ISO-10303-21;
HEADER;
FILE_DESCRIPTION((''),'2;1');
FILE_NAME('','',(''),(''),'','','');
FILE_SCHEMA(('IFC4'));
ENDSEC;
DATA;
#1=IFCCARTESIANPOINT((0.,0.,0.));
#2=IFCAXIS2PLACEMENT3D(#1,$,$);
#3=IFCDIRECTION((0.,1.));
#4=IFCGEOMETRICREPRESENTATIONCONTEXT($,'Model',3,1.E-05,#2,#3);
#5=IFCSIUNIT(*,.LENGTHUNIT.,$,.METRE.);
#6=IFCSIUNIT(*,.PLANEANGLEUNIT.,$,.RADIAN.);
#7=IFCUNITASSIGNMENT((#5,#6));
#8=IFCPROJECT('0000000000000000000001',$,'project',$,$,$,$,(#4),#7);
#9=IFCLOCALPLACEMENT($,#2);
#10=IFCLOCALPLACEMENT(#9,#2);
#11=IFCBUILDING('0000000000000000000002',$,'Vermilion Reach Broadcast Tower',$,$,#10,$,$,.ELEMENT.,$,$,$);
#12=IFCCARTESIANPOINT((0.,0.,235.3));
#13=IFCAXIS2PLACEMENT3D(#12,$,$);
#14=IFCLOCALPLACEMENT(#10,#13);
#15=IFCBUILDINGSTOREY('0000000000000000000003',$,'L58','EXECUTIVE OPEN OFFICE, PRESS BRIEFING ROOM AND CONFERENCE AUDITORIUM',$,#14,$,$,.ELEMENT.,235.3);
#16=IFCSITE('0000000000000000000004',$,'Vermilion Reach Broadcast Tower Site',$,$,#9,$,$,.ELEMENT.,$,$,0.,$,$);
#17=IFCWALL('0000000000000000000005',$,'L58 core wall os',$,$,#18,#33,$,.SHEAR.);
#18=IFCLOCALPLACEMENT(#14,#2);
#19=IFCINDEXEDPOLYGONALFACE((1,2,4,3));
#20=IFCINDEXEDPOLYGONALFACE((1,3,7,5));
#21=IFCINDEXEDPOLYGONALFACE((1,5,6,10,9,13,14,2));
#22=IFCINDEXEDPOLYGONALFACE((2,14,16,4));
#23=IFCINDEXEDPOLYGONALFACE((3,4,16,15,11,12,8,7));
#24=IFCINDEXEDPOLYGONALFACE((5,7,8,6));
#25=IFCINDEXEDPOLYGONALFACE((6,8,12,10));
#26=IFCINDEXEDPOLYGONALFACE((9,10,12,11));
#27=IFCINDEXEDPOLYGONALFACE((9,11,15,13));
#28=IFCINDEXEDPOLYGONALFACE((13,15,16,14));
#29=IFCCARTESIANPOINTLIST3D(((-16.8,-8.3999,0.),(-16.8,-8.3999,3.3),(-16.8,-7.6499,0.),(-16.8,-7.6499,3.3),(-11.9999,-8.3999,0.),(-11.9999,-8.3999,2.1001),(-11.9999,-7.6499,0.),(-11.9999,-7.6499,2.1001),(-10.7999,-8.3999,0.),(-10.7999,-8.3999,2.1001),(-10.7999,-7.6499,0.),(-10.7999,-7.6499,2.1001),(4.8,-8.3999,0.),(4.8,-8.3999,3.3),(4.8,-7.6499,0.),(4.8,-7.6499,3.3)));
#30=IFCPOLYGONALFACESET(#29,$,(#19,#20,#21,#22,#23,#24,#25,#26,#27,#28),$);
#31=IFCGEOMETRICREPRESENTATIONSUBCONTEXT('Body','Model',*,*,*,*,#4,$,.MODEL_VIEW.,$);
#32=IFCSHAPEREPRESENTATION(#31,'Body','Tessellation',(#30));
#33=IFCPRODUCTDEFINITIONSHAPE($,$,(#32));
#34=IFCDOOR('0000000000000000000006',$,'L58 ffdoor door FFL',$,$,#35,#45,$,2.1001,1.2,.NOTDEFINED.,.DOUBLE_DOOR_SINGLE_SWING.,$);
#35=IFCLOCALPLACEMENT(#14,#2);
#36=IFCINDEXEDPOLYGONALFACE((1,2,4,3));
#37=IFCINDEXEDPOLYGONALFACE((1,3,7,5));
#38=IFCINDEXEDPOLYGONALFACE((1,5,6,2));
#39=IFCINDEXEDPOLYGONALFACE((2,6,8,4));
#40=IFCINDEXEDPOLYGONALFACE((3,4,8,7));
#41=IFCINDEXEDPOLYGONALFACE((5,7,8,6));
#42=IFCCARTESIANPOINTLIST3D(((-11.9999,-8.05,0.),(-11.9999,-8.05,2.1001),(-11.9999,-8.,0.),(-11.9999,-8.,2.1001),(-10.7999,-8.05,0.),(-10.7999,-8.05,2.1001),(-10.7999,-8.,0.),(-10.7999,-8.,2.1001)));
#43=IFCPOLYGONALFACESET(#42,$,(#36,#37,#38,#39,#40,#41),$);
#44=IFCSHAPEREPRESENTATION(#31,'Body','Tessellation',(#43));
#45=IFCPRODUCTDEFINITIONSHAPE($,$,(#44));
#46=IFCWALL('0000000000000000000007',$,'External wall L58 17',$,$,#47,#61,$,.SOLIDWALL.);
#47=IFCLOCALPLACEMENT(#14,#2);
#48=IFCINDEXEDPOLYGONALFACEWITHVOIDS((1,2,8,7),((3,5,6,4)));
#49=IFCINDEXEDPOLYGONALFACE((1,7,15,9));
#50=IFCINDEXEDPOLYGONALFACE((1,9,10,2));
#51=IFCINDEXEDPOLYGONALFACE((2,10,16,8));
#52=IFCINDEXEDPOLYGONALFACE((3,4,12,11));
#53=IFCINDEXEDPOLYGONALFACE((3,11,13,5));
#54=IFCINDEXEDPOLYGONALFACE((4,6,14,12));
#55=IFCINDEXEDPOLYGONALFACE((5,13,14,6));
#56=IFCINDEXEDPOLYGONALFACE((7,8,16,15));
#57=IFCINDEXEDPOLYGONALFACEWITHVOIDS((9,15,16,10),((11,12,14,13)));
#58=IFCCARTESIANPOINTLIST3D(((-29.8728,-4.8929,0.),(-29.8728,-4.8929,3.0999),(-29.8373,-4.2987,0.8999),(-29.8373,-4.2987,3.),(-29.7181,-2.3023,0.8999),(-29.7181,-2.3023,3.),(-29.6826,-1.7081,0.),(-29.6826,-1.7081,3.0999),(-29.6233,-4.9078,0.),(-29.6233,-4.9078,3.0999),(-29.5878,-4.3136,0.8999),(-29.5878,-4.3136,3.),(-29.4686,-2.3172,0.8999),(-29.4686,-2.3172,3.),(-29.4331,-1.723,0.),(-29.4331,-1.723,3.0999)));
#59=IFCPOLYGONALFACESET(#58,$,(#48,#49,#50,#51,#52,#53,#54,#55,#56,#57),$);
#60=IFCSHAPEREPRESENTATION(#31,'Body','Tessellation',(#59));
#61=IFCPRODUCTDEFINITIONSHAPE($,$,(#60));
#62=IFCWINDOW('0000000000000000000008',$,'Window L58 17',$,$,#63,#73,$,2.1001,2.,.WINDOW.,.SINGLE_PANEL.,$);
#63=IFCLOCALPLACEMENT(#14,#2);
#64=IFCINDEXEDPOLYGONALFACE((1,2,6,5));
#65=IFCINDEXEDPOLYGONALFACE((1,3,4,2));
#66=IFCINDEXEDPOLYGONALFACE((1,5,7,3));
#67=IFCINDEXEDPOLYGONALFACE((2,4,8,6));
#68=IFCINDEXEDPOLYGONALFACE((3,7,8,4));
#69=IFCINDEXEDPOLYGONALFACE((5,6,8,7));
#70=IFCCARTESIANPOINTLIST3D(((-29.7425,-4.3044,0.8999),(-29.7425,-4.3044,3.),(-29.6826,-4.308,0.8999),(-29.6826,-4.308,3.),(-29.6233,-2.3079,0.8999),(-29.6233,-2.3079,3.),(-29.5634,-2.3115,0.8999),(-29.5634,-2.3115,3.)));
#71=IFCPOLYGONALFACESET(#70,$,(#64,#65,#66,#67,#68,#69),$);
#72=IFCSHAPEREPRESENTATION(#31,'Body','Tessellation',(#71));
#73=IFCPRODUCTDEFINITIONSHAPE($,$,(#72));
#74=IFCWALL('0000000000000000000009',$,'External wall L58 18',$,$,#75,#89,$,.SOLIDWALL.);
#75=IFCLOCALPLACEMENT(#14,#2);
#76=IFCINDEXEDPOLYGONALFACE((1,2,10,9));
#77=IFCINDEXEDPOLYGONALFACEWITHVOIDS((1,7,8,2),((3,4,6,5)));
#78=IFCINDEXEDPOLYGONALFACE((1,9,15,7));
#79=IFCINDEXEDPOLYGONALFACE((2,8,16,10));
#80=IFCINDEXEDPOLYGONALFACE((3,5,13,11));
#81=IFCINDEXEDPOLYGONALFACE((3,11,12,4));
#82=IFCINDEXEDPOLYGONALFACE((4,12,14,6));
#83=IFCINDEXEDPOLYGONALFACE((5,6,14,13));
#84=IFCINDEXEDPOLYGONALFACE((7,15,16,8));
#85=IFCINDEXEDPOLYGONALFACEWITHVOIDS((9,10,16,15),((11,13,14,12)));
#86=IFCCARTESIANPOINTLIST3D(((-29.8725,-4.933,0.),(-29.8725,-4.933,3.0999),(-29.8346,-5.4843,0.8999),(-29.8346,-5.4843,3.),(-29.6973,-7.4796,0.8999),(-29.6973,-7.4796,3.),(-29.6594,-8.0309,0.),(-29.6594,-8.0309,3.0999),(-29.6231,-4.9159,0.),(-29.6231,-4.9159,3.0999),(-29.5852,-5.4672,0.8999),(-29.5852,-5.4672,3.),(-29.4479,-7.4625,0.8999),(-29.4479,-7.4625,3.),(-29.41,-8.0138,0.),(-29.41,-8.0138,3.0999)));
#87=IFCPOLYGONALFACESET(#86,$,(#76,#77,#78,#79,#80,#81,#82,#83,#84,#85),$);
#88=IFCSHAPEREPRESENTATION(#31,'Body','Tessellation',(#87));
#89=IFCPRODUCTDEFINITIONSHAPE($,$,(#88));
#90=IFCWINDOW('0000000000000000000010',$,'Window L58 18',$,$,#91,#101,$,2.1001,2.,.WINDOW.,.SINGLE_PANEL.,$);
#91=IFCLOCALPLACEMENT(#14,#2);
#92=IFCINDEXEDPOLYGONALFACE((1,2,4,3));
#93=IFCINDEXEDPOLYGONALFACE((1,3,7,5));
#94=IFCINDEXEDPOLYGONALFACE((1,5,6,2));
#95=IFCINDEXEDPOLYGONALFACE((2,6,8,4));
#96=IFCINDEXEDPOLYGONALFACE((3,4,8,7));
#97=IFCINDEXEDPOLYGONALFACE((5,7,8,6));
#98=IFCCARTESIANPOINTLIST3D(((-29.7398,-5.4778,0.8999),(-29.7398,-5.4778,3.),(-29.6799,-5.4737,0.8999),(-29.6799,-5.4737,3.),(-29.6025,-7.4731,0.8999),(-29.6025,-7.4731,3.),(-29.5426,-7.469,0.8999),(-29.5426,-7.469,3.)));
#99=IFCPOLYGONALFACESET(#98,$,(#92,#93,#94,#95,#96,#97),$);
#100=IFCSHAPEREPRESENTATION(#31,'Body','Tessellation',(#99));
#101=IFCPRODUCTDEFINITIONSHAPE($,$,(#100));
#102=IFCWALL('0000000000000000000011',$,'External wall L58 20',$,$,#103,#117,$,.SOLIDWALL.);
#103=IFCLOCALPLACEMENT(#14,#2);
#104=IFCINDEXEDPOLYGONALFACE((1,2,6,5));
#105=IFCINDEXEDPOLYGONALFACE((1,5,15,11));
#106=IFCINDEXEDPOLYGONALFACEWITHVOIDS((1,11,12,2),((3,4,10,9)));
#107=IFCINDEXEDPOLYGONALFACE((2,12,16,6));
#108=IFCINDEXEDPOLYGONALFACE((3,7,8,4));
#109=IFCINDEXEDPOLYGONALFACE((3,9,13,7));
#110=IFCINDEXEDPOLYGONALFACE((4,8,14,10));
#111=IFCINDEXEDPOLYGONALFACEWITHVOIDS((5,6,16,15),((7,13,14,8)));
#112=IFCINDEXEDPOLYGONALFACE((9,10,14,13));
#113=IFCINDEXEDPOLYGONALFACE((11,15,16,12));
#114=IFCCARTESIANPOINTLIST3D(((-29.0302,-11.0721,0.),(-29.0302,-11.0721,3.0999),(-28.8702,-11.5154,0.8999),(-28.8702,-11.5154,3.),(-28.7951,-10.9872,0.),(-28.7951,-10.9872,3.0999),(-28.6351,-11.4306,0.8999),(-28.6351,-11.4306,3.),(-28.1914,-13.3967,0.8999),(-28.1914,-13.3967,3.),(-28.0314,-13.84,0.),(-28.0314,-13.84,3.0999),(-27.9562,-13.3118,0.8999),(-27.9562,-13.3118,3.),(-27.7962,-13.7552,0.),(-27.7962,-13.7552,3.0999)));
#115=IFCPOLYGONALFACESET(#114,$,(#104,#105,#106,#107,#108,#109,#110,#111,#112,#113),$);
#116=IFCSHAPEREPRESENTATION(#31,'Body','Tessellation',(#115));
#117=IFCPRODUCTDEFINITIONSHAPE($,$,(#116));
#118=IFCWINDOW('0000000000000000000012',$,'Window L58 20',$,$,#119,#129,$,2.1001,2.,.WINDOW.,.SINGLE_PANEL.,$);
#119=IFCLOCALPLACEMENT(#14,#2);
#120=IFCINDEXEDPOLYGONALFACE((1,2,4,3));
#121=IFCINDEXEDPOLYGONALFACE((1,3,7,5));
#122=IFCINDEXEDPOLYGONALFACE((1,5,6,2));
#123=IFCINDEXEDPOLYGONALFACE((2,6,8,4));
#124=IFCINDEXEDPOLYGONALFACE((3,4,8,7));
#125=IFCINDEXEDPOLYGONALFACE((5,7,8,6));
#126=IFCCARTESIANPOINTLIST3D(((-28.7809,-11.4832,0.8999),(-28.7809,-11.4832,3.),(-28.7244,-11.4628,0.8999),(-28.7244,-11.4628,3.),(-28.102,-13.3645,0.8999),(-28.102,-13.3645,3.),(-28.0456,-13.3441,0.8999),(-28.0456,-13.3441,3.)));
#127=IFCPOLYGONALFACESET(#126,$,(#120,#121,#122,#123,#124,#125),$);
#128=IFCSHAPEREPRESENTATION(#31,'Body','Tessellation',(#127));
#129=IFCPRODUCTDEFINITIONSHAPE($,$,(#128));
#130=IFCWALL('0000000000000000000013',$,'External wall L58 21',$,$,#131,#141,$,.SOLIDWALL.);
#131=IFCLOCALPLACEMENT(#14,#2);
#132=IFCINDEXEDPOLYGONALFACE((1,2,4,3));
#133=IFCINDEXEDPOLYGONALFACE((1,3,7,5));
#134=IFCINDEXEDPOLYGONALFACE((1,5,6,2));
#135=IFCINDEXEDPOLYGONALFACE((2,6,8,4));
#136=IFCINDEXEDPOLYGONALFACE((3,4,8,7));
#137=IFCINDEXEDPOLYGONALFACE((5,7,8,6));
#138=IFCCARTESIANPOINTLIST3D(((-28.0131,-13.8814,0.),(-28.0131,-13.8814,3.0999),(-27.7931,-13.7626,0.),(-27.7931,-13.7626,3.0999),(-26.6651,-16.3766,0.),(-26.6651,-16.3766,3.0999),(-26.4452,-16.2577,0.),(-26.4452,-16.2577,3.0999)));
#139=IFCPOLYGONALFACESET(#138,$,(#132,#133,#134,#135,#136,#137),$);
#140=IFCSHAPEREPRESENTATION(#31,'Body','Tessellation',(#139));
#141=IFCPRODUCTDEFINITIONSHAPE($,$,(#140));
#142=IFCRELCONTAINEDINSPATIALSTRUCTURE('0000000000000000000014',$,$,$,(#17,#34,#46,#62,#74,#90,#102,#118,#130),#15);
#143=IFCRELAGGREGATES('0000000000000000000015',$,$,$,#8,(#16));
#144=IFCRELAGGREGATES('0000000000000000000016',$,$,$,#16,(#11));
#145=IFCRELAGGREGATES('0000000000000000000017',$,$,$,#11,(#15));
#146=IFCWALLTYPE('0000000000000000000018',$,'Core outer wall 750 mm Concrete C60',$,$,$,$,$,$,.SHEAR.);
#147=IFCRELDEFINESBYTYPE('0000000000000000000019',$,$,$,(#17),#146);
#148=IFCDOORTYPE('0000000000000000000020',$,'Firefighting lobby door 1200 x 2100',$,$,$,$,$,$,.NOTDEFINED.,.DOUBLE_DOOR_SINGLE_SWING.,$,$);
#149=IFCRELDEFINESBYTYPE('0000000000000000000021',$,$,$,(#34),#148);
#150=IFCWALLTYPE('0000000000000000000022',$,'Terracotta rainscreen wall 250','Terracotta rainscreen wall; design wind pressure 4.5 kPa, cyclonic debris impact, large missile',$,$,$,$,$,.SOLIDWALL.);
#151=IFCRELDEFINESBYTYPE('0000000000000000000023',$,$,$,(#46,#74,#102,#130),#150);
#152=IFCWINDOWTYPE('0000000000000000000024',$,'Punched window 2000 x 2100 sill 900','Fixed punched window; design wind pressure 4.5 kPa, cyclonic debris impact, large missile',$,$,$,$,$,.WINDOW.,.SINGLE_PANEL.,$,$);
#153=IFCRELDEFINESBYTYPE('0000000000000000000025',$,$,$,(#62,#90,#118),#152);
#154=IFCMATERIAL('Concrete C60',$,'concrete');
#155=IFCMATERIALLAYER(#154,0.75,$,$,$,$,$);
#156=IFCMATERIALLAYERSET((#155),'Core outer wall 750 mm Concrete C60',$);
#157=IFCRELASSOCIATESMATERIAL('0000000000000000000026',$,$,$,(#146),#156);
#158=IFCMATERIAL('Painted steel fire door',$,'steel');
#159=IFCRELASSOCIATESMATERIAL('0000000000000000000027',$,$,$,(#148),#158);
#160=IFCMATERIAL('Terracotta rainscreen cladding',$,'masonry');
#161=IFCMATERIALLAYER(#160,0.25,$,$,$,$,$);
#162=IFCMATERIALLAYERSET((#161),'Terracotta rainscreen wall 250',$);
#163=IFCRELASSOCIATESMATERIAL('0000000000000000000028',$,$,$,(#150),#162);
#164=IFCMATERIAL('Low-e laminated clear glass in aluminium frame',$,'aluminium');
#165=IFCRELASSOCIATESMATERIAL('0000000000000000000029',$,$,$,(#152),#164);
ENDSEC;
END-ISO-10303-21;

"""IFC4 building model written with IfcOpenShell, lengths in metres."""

from ifc_helpers import new_model, si_unit, direction, frame, frame_2d, origin, place, context, subcontext, project, spatial, rectangle, extrude, material, layer, layer_set, type_object, element, fill, save


model = new_model("IFC4")

# Units and contexts
model_context = context("Model", 3, precision=1e-05, world=origin(), true_north=direction((0.0, 1.0)))
body_context = subcontext(model_context, "Body", "Model", "MODEL_VIEW")
ifc_project = project(units=[si_unit("LENGTHUNIT", "METRE"), si_unit("PLANEANGLEUNIT", "RADIAN")], contexts=[model_context])

# Site, building, storey
site_placement = place(None, origin())
site = spatial("IfcSite", under=ifc_project, at=site_placement, Name="Vermilion Reach Broadcast Tower Site", CompositionType="ELEMENT", RefElevation=0.0)
building_placement = place(site_placement, origin())
building = spatial("IfcBuilding", under=site, at=building_placement, Name="Vermilion Reach Broadcast Tower", CompositionType="ELEMENT")
storey_placement = place(building_placement, frame((0.0, 0.0, 235.3)))
storey = spatial("IfcBuildingStorey", under=building, at=storey_placement, Name="L58", Description="EXECUTIVE OPEN OFFICE, PRESS BRIEFING ROOM AND CONFERENCE AUDITORIUM", CompositionType="ELEMENT", Elevation=235.3)

# Wall, opening, door
ifc_material_1 = material(Name="Concrete C60", Category="concrete")
ifc_layer_1 = layer(ifc_material_1, 0.75)
ifc_layer_set_1 = layer_set([ifc_layer_1], Name="Core outer wall 750 mm Concrete C60")
wall_type_1 = type_object("IfcWallType", Name="Core outer wall 750 mm Concrete C60", PredefinedType="SHEAR", material=ifc_layer_set_1)
wall_1_placement = place(storey_placement, frame((-16.8, -8.0249, 0.0), z_axis=(0.0, 0.0, 1.0), x_axis=(1.0, 0.0, 0.0)))
wall_1 = element("IfcWall", 1, at=wall_1_placement, inside=storey, type_object=wall_type_1, Name="L58 core wall os", PredefinedType="SHEAR", context=body_context, shape_type="SweptSolid", body=[
    extrude(rectangle(XDim=21.6001, YDim=0.75, at=frame_2d((10.8, 0.0))), origin(), (0.0, 0.0, 1.0), 3.3),
])
opening_1_placement = place(wall_1_placement, frame((4.8, 0.0, 0.0)))
opening_1 = element("IfcOpeningElement", 2, at=opening_1_placement, cuts=wall_1, PredefinedType="OPENING", context=body_context, shape_type="SweptSolid", body=[
    extrude(rectangle(XDim=1.2, YDim=2.1001, at=frame_2d((0.6001, 1.05))), frame((0.0, 0.385, 0.0), z_axis=(0.0, -1.0, 0.0), x_axis=(1.0, 0.0, 0.0)), (0.0, 0.0, 1.0), 0.77),
])
ifc_material_2 = material(Name="Painted steel fire door", Category="steel")
door_type_1 = type_object("IfcDoorType", Name="Firefighting lobby door 1200 x 2100", OperationType="DOUBLE_DOOR_SINGLE_SWING", PredefinedType="NOTDEFINED", material=ifc_material_2)
door_1_placement = place(opening_1_placement, origin())
door_1 = element("IfcDoor", 3, at=door_1_placement, inside=storey, type_object=door_type_1, Name="L58 ffdoor door FFL", OperationType="DOUBLE_DOOR_SINGLE_SWING", OverallHeight=2.1001, OverallWidth=1.2, PredefinedType="NOTDEFINED", context=body_context, shape_type="SweptSolid", body=[
    extrude(rectangle(XDim=1.2, YDim=2.1001, at=frame_2d((0.6001, 1.05))), frame((0.0, 0.0249, 0.0), z_axis=(0.0, -1.0, 0.0), x_axis=(1.0, 0.0, 0.0)), (0.0, 0.0, 1.0), 0.05),
])
fill(opening_1, door_1)

# Walls, openings, windows
ifc_material_3 = material(Name="Terracotta rainscreen cladding", Category="masonry")
ifc_layer_2 = layer(ifc_material_3, 0.25)
ifc_layer_set_2 = layer_set([ifc_layer_2], Name="Terracotta rainscreen wall 250")
wall_type_2 = type_object("IfcWallType", Name="Terracotta rainscreen wall 250", Description="Terracotta rainscreen wall; design wind pressure 4.5 kPa, cyclonic debris impact, large missile", PredefinedType="SOLIDWALL", material=ifc_layer_set_2)
wall_2_placement = place(storey_placement, frame((-29.5579, -1.7156, 0.0), z_axis=(0.0, 0.0, 1.0), x_axis=(-0.05961, -0.998222, 0.0)))
wall_2 = element("IfcWall", 4, at=wall_2_placement, inside=storey, type_object=wall_type_2, Name="External wall L58 17", PredefinedType="SOLIDWALL", context=body_context, shape_type="SweptSolid", body=[
    extrude(rectangle(XDim=3.1904, YDim=0.25, at=frame_2d((1.5952, 0.0))), origin(), (0.0, 0.0, 1.0), 3.0999),
])
opening_2_placement = place(wall_2_placement, frame((0.5952, 0.0, 0.8999)))
opening_2 = element("IfcOpeningElement", 5, at=opening_2_placement, cuts=wall_2, PredefinedType="OPENING", context=body_context, shape_type="SweptSolid", body=[
    extrude(rectangle(XDim=2.0, YDim=2.1001, at=frame_2d((1.0, 1.05))), frame((0.0, 0.135, 0.0), z_axis=(0.0, -1.0, 0.0), x_axis=(1.0, 0.0, 0.0)), (0.0, 0.0, 1.0), 0.27),
])
ifc_material_4 = material(Name="Low-e laminated clear glass in aluminium frame", Category="aluminium")
window_type = type_object("IfcWindowType", Name="Punched window 2000 x 2100 sill 900", Description="Fixed punched window; design wind pressure 4.5 kPa, cyclonic debris impact, large missile", PartitioningType="SINGLE_PANEL", PredefinedType="WINDOW", material=ifc_material_4)
window_1_placement = place(opening_2_placement, origin())
window_1 = element("IfcWindow", 6, at=window_1_placement, inside=storey, type_object=window_type, Name="Window L58 17", OverallHeight=2.1001, OverallWidth=2.0, PartitioningType="SINGLE_PANEL", PredefinedType="WINDOW", context=body_context, shape_type="SweptSolid", body=[
    extrude(rectangle(XDim=2.0, YDim=2.1001, at=frame_2d((1.0, 1.05))), frame((0.0, 0.03, 0.0), z_axis=(0.0, -1.0, 0.0), x_axis=(1.0, 0.0, 0.0)), (0.0, 0.0, 1.0), 0.0601),
])
fill(opening_2, window_1)
wall_3_placement = place(storey_placement, frame((-29.7478, -4.9243, 0.0), z_axis=(0.0, 0.0, 1.0), x_axis=(0.068637, -0.997642, 0.0)))
wall_3 = element("IfcWall", 7, at=wall_3_placement, inside=storey, type_object=wall_type_2, Name="External wall L58 18", PredefinedType="SOLIDWALL", context=body_context, shape_type="SweptSolid", body=[
    extrude(rectangle(XDim=3.1052, YDim=0.25, at=frame_2d((1.5527, 0.0))), origin(), (0.0, 0.0, 1.0), 3.0999),
])
opening_3_placement = place(wall_3_placement, frame((0.5527, 0.0, 0.8999)))
opening_3 = element("IfcOpeningElement", 8, at=opening_3_placement, cuts=wall_3, PredefinedType="OPENING", context=body_context, shape_type="SweptSolid", body=[
    extrude(rectangle(XDim=2.0, YDim=2.1001, at=frame_2d((1.0, 1.05))), frame((0.0, 0.135, 0.0), z_axis=(0.0, -1.0, 0.0), x_axis=(1.0, 0.0, 0.0)), (0.0, 0.0, 1.0), 0.27),
])
window_2_placement = place(opening_3_placement, origin())
window_2 = element("IfcWindow", 9, at=window_2_placement, inside=storey, type_object=window_type, Name="Window L58 18", OverallHeight=2.1001, OverallWidth=2.0, PartitioningType="SINGLE_PANEL", PredefinedType="WINDOW", context=body_context, shape_type="SweptSolid", body=[
    extrude(rectangle(XDim=2.0, YDim=2.1001, at=frame_2d((1.0, 1.05))), frame((0.0, 0.03, 0.0), z_axis=(0.0, -1.0, 0.0), x_axis=(1.0, 0.0, 0.0)), (0.0, 0.0, 1.0), 0.0601),
])
fill(opening_3, window_2)

# Wall, opening, window
wall_4_placement = place(storey_placement, frame((-28.9126, -11.0298, 0.0), z_axis=(0.0, 0.0, 1.0), x_axis=(0.33943, -0.940631, 0.0)))
wall_4 = element("IfcWall", 10, at=wall_4_placement, inside=storey, type_object=wall_type_2, Name="External wall L58 20", PredefinedType="SOLIDWALL", context=body_context, shape_type="SweptSolid", body=[
    extrude(rectangle(XDim=2.9426, YDim=0.25, at=frame_2d((1.4712, 0.0))), origin(), (0.0, 0.0, 1.0), 3.0999),
])
opening_4_placement = place(wall_4_placement, frame((0.4712, 0.0, 0.8999)))
opening_4 = element("IfcOpeningElement", 11, at=opening_4_placement, cuts=wall_4, PredefinedType="OPENING", context=body_context, shape_type="SweptSolid", body=[
    extrude(rectangle(XDim=2.0, YDim=2.1001, at=frame_2d((1.0, 1.05))), frame((0.0, 0.135, 0.0), z_axis=(0.0, -1.0, 0.0), x_axis=(1.0, 0.0, 0.0)), (0.0, 0.0, 1.0), 0.27),
])
window_3_placement = place(opening_4_placement, origin())
window_3 = element("IfcWindow", 12, at=window_3_placement, inside=storey, type_object=window_type, Name="Window L58 20", OverallHeight=2.1001, OverallWidth=2.0, PartitioningType="SINGLE_PANEL", PredefinedType="WINDOW", context=body_context, shape_type="SweptSolid", body=[
    extrude(rectangle(XDim=2.0, YDim=2.1001, at=frame_2d((1.0, 1.05))), frame((0.0, 0.03, 0.0), z_axis=(0.0, -1.0, 0.0), x_axis=(1.0, 0.0, 0.0)), (0.0, 0.0, 1.0), 0.0601),
])
fill(opening_4, window_3)

# Wall
wall_5_placement = place(storey_placement, frame((-27.9031, -13.822, 0.0), z_axis=(0.0, 0.0, 1.0), x_axis=(0.475296, -0.879826, 0.0)))
element("IfcWall", 13, at=wall_5_placement, inside=storey, type_object=wall_type_2, Name="External wall L58 21", PredefinedType="SOLIDWALL", context=body_context, shape_type="SweptSolid", body=[
    extrude(rectangle(XDim=2.8359, YDim=0.25, at=frame_2d((1.418, 0.0))), origin(), (0.0, 0.0, 1.0), 3.0999),
])

save(model, "model.ifc")
